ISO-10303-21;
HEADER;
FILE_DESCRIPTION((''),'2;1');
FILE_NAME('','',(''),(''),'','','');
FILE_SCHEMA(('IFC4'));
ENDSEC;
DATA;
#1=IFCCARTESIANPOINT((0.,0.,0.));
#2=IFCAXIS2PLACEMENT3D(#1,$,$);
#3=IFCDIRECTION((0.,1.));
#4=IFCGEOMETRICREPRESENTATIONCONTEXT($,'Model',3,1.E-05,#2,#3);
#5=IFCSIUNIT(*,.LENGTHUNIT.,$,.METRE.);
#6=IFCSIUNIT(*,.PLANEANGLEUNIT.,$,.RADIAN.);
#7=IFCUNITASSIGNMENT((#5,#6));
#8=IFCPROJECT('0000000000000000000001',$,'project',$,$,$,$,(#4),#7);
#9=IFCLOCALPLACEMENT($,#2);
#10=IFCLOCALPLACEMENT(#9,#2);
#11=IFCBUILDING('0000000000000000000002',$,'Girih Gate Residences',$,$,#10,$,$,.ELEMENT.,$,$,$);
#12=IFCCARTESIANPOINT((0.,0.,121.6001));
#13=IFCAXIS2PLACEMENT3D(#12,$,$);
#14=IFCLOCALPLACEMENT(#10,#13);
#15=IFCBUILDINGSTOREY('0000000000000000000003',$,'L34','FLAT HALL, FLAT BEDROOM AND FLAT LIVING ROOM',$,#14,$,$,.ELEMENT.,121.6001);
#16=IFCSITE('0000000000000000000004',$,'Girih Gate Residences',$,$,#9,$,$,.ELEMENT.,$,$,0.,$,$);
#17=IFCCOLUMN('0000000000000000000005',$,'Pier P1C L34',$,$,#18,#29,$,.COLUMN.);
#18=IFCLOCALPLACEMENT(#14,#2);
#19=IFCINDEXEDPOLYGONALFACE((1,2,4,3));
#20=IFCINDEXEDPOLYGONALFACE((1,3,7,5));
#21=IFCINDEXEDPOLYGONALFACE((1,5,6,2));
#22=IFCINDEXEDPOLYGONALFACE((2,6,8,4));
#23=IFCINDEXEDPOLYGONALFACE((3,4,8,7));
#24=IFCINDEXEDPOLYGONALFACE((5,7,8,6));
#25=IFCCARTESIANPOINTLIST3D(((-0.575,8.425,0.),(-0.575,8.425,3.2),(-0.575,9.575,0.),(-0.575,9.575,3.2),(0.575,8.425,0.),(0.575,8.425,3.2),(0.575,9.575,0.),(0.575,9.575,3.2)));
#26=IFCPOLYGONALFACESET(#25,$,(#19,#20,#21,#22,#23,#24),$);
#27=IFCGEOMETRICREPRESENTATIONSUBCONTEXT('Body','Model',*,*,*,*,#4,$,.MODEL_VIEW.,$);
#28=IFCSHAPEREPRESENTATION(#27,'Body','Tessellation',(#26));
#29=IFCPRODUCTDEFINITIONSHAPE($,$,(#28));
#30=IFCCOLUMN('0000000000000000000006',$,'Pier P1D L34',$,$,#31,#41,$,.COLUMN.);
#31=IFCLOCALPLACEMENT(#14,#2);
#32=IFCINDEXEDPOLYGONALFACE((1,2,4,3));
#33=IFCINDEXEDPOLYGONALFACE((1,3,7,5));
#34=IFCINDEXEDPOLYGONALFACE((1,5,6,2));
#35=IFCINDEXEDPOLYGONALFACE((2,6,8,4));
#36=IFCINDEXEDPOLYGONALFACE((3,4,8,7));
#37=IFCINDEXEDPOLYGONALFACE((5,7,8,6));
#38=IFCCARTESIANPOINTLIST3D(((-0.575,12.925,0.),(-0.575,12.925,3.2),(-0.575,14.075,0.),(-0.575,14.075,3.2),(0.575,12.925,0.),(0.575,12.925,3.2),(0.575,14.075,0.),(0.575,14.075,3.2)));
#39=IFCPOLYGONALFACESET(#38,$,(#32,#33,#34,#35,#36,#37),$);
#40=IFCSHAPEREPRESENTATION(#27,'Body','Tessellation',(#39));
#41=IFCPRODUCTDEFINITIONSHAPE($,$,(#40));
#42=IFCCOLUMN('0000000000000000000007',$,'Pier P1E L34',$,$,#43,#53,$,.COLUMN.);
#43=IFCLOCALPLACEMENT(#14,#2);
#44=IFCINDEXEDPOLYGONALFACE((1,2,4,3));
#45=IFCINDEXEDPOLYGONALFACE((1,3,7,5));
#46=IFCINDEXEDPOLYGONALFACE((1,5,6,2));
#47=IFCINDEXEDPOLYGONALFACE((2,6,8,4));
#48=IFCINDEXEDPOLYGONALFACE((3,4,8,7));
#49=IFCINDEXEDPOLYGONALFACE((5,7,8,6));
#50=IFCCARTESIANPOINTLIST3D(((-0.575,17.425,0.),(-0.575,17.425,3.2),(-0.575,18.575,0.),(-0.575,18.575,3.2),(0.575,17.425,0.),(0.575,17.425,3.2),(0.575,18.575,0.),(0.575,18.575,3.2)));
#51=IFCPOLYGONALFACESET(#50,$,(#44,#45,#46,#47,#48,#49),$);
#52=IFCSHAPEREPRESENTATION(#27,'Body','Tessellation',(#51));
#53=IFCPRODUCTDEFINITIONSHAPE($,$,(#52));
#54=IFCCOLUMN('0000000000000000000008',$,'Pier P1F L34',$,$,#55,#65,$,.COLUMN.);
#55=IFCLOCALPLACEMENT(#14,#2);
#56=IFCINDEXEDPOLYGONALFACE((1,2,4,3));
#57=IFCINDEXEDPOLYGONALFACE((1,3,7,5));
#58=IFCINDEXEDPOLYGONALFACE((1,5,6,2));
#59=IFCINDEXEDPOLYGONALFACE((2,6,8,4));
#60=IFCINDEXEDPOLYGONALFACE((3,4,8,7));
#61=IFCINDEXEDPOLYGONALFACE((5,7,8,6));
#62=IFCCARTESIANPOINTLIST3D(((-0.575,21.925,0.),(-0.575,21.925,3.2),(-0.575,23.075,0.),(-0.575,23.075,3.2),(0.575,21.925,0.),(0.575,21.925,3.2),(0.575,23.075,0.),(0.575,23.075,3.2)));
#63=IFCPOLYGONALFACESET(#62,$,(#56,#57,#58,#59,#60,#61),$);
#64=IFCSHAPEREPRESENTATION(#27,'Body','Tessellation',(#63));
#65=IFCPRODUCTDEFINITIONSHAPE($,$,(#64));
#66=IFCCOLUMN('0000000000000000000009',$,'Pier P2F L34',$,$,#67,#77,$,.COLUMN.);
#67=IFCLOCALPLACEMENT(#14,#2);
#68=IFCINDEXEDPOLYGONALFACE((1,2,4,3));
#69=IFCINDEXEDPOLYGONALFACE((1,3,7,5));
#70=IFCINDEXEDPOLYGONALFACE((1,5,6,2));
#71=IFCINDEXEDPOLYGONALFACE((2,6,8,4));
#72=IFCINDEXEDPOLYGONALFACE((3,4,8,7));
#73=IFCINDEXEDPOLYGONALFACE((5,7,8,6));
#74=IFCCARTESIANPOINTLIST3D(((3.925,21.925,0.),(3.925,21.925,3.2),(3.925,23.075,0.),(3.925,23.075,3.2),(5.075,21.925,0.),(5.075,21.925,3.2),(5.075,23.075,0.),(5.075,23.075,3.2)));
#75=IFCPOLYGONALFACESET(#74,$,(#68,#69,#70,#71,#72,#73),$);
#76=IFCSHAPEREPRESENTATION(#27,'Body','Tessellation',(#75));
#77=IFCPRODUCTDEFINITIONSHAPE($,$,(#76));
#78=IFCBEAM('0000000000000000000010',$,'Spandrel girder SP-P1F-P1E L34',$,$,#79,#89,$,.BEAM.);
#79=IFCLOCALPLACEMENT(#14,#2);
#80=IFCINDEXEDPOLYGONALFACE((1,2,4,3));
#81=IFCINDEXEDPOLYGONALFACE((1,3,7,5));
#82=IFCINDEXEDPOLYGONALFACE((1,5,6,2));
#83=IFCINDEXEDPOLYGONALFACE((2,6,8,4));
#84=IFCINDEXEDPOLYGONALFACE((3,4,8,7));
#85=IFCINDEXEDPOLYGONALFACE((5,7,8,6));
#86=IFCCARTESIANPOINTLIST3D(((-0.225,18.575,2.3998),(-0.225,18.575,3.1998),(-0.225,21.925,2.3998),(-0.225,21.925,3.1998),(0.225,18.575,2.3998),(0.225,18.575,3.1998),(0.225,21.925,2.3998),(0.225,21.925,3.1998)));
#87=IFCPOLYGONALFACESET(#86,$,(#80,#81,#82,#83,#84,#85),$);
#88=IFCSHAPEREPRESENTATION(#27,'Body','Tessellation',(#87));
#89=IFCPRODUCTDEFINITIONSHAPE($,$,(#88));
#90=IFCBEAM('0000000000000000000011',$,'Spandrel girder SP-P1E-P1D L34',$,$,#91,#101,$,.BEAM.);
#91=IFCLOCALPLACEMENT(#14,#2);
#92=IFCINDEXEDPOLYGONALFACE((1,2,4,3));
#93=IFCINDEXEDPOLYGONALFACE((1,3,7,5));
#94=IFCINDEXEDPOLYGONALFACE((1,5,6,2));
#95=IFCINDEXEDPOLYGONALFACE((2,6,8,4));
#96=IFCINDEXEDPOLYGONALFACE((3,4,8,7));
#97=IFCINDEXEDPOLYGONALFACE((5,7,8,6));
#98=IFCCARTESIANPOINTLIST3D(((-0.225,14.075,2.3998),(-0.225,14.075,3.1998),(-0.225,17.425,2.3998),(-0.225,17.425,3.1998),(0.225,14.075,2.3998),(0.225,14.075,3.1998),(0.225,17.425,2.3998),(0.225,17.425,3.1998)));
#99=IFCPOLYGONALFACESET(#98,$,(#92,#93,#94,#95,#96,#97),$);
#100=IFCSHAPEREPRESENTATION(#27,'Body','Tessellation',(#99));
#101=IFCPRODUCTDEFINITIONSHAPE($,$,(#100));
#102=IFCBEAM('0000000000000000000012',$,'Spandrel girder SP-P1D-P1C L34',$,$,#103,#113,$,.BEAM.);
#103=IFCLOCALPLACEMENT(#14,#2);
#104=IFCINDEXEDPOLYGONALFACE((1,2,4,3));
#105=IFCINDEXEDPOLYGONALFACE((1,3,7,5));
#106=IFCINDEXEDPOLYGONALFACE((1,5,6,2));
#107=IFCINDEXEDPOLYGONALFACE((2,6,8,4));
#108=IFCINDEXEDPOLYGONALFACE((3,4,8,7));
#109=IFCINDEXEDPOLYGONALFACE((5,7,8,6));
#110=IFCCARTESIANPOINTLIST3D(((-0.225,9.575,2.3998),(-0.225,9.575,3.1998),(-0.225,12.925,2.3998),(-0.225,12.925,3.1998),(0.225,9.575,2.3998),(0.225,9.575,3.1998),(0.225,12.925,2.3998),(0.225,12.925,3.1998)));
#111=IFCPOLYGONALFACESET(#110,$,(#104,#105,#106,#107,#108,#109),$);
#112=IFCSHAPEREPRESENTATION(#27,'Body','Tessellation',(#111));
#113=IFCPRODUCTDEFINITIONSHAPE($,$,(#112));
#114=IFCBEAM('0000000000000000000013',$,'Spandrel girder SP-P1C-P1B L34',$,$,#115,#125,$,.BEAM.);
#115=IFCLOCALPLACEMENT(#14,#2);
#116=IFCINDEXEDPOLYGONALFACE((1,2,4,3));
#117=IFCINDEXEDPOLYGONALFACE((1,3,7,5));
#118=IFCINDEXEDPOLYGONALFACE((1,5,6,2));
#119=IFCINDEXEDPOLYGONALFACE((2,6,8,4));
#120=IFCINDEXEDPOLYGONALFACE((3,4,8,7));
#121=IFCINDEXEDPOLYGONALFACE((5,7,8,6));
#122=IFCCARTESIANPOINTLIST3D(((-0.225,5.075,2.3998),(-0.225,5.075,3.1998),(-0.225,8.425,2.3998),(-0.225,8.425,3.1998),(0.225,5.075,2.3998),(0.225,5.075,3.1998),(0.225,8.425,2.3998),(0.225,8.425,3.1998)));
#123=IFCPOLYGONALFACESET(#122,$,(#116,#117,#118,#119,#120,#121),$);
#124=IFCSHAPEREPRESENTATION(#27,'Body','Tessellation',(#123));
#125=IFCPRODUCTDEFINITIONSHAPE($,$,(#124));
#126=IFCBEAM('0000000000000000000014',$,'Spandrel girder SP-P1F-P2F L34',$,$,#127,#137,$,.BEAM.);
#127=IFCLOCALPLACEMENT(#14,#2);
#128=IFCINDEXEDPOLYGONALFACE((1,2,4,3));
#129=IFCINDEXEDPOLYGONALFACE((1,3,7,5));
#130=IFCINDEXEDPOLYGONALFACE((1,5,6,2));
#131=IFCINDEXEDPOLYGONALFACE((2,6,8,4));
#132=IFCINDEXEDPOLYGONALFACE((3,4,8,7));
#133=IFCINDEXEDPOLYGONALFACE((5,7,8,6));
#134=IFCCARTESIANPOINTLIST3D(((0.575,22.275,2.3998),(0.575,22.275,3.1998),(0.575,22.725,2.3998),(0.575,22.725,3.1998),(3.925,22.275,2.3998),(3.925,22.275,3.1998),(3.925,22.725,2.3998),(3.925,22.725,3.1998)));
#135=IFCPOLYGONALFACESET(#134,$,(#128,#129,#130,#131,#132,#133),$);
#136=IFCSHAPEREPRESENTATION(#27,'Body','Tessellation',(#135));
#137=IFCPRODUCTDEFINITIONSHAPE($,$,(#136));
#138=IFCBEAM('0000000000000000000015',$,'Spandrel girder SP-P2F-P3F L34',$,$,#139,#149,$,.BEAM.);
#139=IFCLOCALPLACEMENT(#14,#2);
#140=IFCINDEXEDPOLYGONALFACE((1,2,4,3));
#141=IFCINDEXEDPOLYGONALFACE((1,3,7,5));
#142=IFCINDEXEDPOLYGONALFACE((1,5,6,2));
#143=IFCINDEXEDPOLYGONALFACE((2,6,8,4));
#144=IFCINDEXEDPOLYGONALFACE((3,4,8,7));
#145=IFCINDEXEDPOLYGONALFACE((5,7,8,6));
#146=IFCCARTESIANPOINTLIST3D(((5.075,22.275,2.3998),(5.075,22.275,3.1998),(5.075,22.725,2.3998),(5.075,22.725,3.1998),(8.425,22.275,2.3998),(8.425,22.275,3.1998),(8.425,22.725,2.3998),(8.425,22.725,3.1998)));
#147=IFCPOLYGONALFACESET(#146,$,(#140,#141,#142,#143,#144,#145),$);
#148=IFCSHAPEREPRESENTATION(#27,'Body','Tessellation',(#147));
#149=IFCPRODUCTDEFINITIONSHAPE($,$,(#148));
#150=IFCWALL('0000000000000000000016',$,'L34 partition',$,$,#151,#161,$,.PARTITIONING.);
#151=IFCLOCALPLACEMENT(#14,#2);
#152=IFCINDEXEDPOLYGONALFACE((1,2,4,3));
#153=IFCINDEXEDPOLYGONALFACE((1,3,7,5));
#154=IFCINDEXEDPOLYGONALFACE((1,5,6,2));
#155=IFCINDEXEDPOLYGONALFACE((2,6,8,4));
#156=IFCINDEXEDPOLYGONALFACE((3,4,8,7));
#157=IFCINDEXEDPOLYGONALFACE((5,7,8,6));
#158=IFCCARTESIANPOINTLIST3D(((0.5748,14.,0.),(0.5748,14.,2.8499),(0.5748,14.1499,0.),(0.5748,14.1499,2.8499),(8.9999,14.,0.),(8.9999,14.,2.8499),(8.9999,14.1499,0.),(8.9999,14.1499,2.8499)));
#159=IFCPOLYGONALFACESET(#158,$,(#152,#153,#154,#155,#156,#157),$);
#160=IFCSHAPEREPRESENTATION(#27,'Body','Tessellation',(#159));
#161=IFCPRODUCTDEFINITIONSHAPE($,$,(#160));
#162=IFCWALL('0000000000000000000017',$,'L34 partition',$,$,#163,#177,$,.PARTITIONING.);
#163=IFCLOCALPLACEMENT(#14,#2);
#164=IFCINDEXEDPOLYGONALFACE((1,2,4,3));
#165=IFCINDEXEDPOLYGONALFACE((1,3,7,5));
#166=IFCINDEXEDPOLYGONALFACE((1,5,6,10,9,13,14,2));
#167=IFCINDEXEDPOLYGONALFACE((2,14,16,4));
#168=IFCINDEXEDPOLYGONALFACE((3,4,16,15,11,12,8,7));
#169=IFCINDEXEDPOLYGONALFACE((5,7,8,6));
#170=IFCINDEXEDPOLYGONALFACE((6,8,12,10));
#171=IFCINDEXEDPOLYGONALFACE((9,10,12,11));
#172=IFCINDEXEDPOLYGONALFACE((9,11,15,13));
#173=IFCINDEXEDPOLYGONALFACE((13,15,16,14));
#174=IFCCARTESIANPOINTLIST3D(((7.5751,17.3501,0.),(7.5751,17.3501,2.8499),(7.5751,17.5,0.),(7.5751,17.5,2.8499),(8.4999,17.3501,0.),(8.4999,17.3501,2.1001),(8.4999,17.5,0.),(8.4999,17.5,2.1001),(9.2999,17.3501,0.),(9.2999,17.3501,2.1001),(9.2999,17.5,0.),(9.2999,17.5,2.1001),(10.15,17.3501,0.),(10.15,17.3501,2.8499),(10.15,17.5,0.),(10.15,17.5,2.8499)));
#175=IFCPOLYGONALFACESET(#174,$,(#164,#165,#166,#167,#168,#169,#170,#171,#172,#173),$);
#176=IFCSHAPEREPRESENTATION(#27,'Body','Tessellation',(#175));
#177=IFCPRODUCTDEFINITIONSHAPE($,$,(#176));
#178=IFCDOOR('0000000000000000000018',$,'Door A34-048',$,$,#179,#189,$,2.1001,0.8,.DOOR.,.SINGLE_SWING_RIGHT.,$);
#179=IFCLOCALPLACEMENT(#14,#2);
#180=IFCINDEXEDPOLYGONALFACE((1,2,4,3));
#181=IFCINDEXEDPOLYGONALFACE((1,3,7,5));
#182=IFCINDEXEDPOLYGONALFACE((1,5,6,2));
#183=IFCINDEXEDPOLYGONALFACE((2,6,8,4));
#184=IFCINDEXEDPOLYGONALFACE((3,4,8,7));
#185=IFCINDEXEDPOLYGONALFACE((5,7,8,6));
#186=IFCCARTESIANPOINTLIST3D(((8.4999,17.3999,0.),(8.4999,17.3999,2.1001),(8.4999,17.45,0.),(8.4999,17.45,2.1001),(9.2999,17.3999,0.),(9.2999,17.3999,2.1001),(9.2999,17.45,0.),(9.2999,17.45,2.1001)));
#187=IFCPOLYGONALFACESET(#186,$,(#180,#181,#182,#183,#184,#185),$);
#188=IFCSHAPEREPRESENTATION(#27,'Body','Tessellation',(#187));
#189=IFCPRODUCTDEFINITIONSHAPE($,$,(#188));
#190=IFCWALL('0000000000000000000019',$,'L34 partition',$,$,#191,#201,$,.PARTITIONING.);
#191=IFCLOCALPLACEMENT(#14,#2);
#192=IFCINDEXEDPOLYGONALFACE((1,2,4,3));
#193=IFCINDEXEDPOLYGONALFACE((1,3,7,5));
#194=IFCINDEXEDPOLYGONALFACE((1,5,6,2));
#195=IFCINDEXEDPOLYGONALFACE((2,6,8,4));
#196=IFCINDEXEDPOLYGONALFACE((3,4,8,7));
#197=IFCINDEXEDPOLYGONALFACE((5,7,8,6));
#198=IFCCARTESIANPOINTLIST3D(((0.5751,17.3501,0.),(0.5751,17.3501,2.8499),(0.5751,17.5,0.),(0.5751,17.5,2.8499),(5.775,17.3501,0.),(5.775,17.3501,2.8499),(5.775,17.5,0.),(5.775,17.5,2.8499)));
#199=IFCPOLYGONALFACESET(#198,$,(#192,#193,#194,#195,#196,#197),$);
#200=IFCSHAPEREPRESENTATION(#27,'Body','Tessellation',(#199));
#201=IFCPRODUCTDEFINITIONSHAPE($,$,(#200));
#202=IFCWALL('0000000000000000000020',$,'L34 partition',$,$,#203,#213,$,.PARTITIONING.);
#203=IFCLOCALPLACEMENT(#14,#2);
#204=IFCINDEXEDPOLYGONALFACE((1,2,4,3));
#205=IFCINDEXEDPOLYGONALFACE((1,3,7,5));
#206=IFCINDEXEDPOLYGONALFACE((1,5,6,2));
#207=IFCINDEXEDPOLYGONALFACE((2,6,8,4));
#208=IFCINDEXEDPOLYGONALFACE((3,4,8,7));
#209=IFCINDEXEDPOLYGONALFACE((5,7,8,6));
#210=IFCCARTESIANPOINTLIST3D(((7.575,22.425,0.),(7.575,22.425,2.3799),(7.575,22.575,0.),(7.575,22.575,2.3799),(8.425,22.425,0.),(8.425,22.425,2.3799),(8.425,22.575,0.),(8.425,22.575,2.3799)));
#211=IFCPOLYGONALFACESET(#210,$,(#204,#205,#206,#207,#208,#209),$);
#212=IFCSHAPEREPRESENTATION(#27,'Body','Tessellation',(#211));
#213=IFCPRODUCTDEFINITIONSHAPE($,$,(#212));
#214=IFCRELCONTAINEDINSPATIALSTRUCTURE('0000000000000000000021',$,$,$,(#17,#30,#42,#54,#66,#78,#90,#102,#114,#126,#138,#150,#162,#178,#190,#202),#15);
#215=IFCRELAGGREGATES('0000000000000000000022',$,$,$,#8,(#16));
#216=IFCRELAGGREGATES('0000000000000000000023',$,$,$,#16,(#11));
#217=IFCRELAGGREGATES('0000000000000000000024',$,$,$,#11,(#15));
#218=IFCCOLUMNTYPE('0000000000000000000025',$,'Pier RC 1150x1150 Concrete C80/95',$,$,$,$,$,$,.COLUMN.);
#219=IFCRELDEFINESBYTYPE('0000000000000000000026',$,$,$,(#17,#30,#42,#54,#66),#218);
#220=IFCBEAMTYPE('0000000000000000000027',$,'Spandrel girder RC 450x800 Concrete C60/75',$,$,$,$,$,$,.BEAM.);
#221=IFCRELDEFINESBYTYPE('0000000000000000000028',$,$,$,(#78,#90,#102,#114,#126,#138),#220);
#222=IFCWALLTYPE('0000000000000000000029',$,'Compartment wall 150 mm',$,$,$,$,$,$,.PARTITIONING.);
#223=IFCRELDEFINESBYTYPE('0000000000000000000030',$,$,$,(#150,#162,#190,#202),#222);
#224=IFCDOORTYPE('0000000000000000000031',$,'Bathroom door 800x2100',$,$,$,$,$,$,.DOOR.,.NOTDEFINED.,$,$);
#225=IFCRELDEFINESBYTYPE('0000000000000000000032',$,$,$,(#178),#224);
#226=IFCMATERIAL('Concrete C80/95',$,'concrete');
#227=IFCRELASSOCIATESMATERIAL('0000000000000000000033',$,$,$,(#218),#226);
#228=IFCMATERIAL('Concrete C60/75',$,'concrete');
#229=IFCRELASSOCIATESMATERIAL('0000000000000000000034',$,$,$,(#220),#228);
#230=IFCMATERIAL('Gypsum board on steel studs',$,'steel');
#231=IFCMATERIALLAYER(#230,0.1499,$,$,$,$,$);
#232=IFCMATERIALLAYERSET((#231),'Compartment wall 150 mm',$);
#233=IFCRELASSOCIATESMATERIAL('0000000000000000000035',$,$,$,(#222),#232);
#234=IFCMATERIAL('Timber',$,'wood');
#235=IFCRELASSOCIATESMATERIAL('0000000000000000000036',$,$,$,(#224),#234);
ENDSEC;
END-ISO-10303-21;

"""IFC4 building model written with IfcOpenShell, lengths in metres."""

from ifc_helpers import new_model, si_unit, direction, frame, frame_2d, origin, origin_2d, place, context, subcontext, project, spatial, rectangle, extrude, material, layer, layer_set, material_profile, profile_set, type_object, element, fill, save


model = new_model("IFC4")

# Units and contexts
model_context = context("Model", 3, precision=1e-05, world=origin(), true_north=direction((0.0, 1.0)))
body_context = subcontext(model_context, "Body", "Model", "MODEL_VIEW")
ifc_project = project(units=[si_unit("LENGTHUNIT", "METRE"), si_unit("PLANEANGLEUNIT", "RADIAN")], contexts=[model_context])

# Site, building, storey
site_placement = place(None, origin())
site = spatial("IfcSite", under=ifc_project, at=site_placement, Name="Girih Gate Residences", CompositionType="ELEMENT", RefElevation=0.0)
building_placement = place(site_placement, origin())
building = spatial("IfcBuilding", under=site, at=building_placement, Name="Girih Gate Residences", CompositionType="ELEMENT")
storey_placement = place(building_placement, frame((0.0, 0.0, 121.6001)))
storey = spatial("IfcBuildingStorey", under=building, at=storey_placement, Name="L34", Description="FLAT HALL, FLAT BEDROOM AND FLAT LIVING ROOM", CompositionType="ELEMENT", Elevation=121.6001)

# Columns
ifc_material_1 = material(Name="Concrete C80/95", Category="concrete")
ifc_material_profile_1 = material_profile(ifc_material_1, rectangle(XDim=1.1499, YDim=1.1499, at=origin_2d()))
ifc_profile_set_1 = profile_set([ifc_material_profile_1], Name="Concrete C80/95")
column_type = type_object("IfcColumnType", Name="Pier RC 1150x1150 Concrete C80/95", PredefinedType="COLUMN", material=ifc_profile_set_1)
for number, where, z_axis, x_axis, name in (
    (1, (0.0, 9.0, 0.0), (0.0, 0.0, 1.0), (1.0, 0.0, 0.0), "Pier P1C L34"),
    (2, (0.0, 13.5, 0.0), (0.0, 0.0, 1.0), (1.0, 0.0, 0.0), "Pier P1D L34"),
    (3, (0.0, 18.0, 0.0), (0.0, 0.0, 1.0), (1.0, 0.0, 0.0), "Pier P1E L34"),
    (4, (0.0, 22.5, 0.0), (0.0, 0.0, 1.0), (1.0, 0.0, 0.0), "Pier P1F L34"),
    (5, (4.5, 22.5, 0.0), (0.0, 0.0, 1.0), (1.0, 0.0, 0.0), "Pier P2F L34"),
):
    element("IfcColumn", number, at=place(storey_placement, frame(where, z_axis=z_axis, x_axis=x_axis)), inside=storey, type_object=column_type, Name=name, PredefinedType="COLUMN", context=body_context, shape_type="SweptSolid", body=[
        extrude(rectangle(XDim=1.1499, YDim=1.1499, at=origin_2d()), origin(), (0.0, 0.0, 1.0), 3.2),
    ])

# Beams
ifc_material_2 = material(Name="Concrete C60/75", Category="concrete")
ifc_material_profile_2 = material_profile(ifc_material_2, rectangle(XDim=0.45, YDim=0.8, at=origin_2d()))
ifc_profile_set_2 = profile_set([ifc_material_profile_2], Name="Concrete C60/75")
beam_type = type_object("IfcBeamType", Name="Spandrel girder RC 450x800 Concrete C60/75", PredefinedType="BEAM", material=ifc_profile_set_2)
for number, where, z_axis, x_axis, name in (
    (6, (0.0, 21.925, 2.7998), (0.0, -1.0, 0.0), (1.0, 0.0, 0.0), "Spandrel girder SP-P1F-P1E L34"),
    (7, (0.0, 17.425, 2.7998), (0.0, -1.0, 0.0), (1.0, 0.0, 0.0), "Spandrel girder SP-P1E-P1D L34"),
    (8, (0.0, 12.925, 2.7998), (0.0, -1.0, 0.0), (1.0, 0.0, 0.0), "Spandrel girder SP-P1D-P1C L34"),
    (9, (0.0, 8.425, 2.7998), (0.0, -1.0, 0.0), (1.0, 0.0, 0.0), "Spandrel girder SP-P1C-P1B L34"),
    (10, (0.575, 22.5, 2.7998), (1.0, 0.0, 0.0), (0.0, 1.0, 0.0), "Spandrel girder SP-P1F-P2F L34"),
    (11, (5.075, 22.5, 2.7998), (1.0, 0.0, 0.0), (0.0, 1.0, 0.0), "Spandrel girder SP-P2F-P3F L34"),
):
    element("IfcBeam", number, at=place(storey_placement, frame(where, z_axis=z_axis, x_axis=x_axis)), inside=storey, type_object=beam_type, Name=name, PredefinedType="BEAM", context=body_context, shape_type="SweptSolid", body=[
        extrude(rectangle(XDim=0.45, YDim=0.8, at=origin_2d()), origin(), (0.0, 0.0, 1.0), 3.3501),
    ])

# Wall
ifc_material_3 = material(Name="Gypsum board on steel studs", Category="steel")
ifc_layer_1 = layer(ifc_material_3, 0.1499)
ifc_layer_set_1 = layer_set([ifc_layer_1], Name="Compartment wall 150 mm")
wall_type_1 = type_object("IfcWallType", Name="Compartment wall 150 mm", PredefinedType="PARTITIONING", material=ifc_layer_set_1)
wall_1_placement = place(storey_placement, frame((0.575, 14.075, 0.0), z_axis=(0.0, 0.0, 1.0), x_axis=(1.0, 0.0, 0.0)))
element("IfcWall", 12, at=wall_1_placement, inside=storey, type_object=wall_type_1, Name="L34 partition", PredefinedType="PARTITIONING", context=body_context, shape_type="SweptSolid", body=[
    extrude(rectangle(XDim=8.425, YDim=0.1499, at=frame_2d((4.2124, 0.0))), origin(), (0.0, 0.0, 1.0), 2.8499),
])

# Wall, opening, door
wall_2_placement = place(storey_placement, frame((7.575, 17.425, 0.0), z_axis=(0.0, 0.0, 1.0), x_axis=(1.0, 0.0, 0.0)))
wall_2 = element("IfcWall", 13, at=wall_2_placement, inside=storey, type_object=wall_type_1, Name="L34 partition", PredefinedType="PARTITIONING", context=body_context, shape_type="SweptSolid", body=[
    extrude(rectangle(XDim=2.575, YDim=0.1499, at=frame_2d((1.2876, 0.0))), origin(), (0.0, 0.0, 1.0), 2.8499),
])
opening_1_placement = place(wall_2_placement, frame((0.925, 0.0, 0.0)))
opening_1 = element("IfcOpeningElement", 14, at=opening_1_placement, cuts=wall_2, PredefinedType="OPENING", context=body_context, shape_type="SweptSolid", body=[
    extrude(rectangle(XDim=0.8, YDim=2.1001, at=frame_2d((0.3999, 1.05))), frame((0.0, 0.085, 0.0), z_axis=(0.0, -1.0, 0.0), x_axis=(1.0, 0.0, 0.0)), (0.0, 0.0, 1.0), 0.1699),
])
ifc_material_4 = material(Name="Timber", Category="wood")
door_type_1 = type_object("IfcDoorType", Name="Bathroom door 800x2100", OperationType="NOTDEFINED", PredefinedType="DOOR", material=ifc_material_4)
door_1_placement = place(opening_1_placement, origin())
door_1 = element("IfcDoor", 15, at=door_1_placement, inside=storey, type_object=door_type_1, Name="Door A34-048", OperationType="SINGLE_SWING_RIGHT", OverallHeight=2.1001, OverallWidth=0.8, PredefinedType="DOOR", context=body_context, shape_type="SweptSolid", body=[
    extrude(rectangle(XDim=0.8, YDim=2.1001, at=frame_2d((0.3999, 1.05))), frame((0.0, 0.0249, 0.0), z_axis=(0.0, -1.0, 0.0), x_axis=(1.0, 0.0, 0.0)), (0.0, 0.0, 1.0), 0.05),
])
fill(opening_1, door_1)

# Walls
wall_3_placement = place(storey_placement, frame((0.575, 17.425, 0.0), z_axis=(0.0, 0.0, 1.0), x_axis=(1.0, 0.0, 0.0)))
element("IfcWall", 16, at=wall_3_placement, inside=storey, type_object=wall_type_1, Name="L34 partition", PredefinedType="PARTITIONING", context=body_context, shape_type="SweptSolid", body=[
    extrude(rectangle(XDim=5.2, YDim=0.1499, at=frame_2d((2.6001, 0.0))), origin(), (0.0, 0.0, 1.0), 2.8499),
])
wall_4_placement = place(storey_placement, frame((7.575, 22.5, 0.0), z_axis=(0.0, 0.0, 1.0), x_axis=(1.0, 0.0, 0.0)))
element("IfcWall", 17, at=wall_4_placement, inside=storey, type_object=wall_type_1, Name="L34 partition", PredefinedType="PARTITIONING", context=body_context, shape_type="SweptSolid", body=[
    extrude(rectangle(XDim=0.8501, YDim=0.1499, at=frame_2d((0.425, 0.0))), origin(), (0.0, 0.0, 1.0), 2.3799),
])

save(model, "model.ifc")
